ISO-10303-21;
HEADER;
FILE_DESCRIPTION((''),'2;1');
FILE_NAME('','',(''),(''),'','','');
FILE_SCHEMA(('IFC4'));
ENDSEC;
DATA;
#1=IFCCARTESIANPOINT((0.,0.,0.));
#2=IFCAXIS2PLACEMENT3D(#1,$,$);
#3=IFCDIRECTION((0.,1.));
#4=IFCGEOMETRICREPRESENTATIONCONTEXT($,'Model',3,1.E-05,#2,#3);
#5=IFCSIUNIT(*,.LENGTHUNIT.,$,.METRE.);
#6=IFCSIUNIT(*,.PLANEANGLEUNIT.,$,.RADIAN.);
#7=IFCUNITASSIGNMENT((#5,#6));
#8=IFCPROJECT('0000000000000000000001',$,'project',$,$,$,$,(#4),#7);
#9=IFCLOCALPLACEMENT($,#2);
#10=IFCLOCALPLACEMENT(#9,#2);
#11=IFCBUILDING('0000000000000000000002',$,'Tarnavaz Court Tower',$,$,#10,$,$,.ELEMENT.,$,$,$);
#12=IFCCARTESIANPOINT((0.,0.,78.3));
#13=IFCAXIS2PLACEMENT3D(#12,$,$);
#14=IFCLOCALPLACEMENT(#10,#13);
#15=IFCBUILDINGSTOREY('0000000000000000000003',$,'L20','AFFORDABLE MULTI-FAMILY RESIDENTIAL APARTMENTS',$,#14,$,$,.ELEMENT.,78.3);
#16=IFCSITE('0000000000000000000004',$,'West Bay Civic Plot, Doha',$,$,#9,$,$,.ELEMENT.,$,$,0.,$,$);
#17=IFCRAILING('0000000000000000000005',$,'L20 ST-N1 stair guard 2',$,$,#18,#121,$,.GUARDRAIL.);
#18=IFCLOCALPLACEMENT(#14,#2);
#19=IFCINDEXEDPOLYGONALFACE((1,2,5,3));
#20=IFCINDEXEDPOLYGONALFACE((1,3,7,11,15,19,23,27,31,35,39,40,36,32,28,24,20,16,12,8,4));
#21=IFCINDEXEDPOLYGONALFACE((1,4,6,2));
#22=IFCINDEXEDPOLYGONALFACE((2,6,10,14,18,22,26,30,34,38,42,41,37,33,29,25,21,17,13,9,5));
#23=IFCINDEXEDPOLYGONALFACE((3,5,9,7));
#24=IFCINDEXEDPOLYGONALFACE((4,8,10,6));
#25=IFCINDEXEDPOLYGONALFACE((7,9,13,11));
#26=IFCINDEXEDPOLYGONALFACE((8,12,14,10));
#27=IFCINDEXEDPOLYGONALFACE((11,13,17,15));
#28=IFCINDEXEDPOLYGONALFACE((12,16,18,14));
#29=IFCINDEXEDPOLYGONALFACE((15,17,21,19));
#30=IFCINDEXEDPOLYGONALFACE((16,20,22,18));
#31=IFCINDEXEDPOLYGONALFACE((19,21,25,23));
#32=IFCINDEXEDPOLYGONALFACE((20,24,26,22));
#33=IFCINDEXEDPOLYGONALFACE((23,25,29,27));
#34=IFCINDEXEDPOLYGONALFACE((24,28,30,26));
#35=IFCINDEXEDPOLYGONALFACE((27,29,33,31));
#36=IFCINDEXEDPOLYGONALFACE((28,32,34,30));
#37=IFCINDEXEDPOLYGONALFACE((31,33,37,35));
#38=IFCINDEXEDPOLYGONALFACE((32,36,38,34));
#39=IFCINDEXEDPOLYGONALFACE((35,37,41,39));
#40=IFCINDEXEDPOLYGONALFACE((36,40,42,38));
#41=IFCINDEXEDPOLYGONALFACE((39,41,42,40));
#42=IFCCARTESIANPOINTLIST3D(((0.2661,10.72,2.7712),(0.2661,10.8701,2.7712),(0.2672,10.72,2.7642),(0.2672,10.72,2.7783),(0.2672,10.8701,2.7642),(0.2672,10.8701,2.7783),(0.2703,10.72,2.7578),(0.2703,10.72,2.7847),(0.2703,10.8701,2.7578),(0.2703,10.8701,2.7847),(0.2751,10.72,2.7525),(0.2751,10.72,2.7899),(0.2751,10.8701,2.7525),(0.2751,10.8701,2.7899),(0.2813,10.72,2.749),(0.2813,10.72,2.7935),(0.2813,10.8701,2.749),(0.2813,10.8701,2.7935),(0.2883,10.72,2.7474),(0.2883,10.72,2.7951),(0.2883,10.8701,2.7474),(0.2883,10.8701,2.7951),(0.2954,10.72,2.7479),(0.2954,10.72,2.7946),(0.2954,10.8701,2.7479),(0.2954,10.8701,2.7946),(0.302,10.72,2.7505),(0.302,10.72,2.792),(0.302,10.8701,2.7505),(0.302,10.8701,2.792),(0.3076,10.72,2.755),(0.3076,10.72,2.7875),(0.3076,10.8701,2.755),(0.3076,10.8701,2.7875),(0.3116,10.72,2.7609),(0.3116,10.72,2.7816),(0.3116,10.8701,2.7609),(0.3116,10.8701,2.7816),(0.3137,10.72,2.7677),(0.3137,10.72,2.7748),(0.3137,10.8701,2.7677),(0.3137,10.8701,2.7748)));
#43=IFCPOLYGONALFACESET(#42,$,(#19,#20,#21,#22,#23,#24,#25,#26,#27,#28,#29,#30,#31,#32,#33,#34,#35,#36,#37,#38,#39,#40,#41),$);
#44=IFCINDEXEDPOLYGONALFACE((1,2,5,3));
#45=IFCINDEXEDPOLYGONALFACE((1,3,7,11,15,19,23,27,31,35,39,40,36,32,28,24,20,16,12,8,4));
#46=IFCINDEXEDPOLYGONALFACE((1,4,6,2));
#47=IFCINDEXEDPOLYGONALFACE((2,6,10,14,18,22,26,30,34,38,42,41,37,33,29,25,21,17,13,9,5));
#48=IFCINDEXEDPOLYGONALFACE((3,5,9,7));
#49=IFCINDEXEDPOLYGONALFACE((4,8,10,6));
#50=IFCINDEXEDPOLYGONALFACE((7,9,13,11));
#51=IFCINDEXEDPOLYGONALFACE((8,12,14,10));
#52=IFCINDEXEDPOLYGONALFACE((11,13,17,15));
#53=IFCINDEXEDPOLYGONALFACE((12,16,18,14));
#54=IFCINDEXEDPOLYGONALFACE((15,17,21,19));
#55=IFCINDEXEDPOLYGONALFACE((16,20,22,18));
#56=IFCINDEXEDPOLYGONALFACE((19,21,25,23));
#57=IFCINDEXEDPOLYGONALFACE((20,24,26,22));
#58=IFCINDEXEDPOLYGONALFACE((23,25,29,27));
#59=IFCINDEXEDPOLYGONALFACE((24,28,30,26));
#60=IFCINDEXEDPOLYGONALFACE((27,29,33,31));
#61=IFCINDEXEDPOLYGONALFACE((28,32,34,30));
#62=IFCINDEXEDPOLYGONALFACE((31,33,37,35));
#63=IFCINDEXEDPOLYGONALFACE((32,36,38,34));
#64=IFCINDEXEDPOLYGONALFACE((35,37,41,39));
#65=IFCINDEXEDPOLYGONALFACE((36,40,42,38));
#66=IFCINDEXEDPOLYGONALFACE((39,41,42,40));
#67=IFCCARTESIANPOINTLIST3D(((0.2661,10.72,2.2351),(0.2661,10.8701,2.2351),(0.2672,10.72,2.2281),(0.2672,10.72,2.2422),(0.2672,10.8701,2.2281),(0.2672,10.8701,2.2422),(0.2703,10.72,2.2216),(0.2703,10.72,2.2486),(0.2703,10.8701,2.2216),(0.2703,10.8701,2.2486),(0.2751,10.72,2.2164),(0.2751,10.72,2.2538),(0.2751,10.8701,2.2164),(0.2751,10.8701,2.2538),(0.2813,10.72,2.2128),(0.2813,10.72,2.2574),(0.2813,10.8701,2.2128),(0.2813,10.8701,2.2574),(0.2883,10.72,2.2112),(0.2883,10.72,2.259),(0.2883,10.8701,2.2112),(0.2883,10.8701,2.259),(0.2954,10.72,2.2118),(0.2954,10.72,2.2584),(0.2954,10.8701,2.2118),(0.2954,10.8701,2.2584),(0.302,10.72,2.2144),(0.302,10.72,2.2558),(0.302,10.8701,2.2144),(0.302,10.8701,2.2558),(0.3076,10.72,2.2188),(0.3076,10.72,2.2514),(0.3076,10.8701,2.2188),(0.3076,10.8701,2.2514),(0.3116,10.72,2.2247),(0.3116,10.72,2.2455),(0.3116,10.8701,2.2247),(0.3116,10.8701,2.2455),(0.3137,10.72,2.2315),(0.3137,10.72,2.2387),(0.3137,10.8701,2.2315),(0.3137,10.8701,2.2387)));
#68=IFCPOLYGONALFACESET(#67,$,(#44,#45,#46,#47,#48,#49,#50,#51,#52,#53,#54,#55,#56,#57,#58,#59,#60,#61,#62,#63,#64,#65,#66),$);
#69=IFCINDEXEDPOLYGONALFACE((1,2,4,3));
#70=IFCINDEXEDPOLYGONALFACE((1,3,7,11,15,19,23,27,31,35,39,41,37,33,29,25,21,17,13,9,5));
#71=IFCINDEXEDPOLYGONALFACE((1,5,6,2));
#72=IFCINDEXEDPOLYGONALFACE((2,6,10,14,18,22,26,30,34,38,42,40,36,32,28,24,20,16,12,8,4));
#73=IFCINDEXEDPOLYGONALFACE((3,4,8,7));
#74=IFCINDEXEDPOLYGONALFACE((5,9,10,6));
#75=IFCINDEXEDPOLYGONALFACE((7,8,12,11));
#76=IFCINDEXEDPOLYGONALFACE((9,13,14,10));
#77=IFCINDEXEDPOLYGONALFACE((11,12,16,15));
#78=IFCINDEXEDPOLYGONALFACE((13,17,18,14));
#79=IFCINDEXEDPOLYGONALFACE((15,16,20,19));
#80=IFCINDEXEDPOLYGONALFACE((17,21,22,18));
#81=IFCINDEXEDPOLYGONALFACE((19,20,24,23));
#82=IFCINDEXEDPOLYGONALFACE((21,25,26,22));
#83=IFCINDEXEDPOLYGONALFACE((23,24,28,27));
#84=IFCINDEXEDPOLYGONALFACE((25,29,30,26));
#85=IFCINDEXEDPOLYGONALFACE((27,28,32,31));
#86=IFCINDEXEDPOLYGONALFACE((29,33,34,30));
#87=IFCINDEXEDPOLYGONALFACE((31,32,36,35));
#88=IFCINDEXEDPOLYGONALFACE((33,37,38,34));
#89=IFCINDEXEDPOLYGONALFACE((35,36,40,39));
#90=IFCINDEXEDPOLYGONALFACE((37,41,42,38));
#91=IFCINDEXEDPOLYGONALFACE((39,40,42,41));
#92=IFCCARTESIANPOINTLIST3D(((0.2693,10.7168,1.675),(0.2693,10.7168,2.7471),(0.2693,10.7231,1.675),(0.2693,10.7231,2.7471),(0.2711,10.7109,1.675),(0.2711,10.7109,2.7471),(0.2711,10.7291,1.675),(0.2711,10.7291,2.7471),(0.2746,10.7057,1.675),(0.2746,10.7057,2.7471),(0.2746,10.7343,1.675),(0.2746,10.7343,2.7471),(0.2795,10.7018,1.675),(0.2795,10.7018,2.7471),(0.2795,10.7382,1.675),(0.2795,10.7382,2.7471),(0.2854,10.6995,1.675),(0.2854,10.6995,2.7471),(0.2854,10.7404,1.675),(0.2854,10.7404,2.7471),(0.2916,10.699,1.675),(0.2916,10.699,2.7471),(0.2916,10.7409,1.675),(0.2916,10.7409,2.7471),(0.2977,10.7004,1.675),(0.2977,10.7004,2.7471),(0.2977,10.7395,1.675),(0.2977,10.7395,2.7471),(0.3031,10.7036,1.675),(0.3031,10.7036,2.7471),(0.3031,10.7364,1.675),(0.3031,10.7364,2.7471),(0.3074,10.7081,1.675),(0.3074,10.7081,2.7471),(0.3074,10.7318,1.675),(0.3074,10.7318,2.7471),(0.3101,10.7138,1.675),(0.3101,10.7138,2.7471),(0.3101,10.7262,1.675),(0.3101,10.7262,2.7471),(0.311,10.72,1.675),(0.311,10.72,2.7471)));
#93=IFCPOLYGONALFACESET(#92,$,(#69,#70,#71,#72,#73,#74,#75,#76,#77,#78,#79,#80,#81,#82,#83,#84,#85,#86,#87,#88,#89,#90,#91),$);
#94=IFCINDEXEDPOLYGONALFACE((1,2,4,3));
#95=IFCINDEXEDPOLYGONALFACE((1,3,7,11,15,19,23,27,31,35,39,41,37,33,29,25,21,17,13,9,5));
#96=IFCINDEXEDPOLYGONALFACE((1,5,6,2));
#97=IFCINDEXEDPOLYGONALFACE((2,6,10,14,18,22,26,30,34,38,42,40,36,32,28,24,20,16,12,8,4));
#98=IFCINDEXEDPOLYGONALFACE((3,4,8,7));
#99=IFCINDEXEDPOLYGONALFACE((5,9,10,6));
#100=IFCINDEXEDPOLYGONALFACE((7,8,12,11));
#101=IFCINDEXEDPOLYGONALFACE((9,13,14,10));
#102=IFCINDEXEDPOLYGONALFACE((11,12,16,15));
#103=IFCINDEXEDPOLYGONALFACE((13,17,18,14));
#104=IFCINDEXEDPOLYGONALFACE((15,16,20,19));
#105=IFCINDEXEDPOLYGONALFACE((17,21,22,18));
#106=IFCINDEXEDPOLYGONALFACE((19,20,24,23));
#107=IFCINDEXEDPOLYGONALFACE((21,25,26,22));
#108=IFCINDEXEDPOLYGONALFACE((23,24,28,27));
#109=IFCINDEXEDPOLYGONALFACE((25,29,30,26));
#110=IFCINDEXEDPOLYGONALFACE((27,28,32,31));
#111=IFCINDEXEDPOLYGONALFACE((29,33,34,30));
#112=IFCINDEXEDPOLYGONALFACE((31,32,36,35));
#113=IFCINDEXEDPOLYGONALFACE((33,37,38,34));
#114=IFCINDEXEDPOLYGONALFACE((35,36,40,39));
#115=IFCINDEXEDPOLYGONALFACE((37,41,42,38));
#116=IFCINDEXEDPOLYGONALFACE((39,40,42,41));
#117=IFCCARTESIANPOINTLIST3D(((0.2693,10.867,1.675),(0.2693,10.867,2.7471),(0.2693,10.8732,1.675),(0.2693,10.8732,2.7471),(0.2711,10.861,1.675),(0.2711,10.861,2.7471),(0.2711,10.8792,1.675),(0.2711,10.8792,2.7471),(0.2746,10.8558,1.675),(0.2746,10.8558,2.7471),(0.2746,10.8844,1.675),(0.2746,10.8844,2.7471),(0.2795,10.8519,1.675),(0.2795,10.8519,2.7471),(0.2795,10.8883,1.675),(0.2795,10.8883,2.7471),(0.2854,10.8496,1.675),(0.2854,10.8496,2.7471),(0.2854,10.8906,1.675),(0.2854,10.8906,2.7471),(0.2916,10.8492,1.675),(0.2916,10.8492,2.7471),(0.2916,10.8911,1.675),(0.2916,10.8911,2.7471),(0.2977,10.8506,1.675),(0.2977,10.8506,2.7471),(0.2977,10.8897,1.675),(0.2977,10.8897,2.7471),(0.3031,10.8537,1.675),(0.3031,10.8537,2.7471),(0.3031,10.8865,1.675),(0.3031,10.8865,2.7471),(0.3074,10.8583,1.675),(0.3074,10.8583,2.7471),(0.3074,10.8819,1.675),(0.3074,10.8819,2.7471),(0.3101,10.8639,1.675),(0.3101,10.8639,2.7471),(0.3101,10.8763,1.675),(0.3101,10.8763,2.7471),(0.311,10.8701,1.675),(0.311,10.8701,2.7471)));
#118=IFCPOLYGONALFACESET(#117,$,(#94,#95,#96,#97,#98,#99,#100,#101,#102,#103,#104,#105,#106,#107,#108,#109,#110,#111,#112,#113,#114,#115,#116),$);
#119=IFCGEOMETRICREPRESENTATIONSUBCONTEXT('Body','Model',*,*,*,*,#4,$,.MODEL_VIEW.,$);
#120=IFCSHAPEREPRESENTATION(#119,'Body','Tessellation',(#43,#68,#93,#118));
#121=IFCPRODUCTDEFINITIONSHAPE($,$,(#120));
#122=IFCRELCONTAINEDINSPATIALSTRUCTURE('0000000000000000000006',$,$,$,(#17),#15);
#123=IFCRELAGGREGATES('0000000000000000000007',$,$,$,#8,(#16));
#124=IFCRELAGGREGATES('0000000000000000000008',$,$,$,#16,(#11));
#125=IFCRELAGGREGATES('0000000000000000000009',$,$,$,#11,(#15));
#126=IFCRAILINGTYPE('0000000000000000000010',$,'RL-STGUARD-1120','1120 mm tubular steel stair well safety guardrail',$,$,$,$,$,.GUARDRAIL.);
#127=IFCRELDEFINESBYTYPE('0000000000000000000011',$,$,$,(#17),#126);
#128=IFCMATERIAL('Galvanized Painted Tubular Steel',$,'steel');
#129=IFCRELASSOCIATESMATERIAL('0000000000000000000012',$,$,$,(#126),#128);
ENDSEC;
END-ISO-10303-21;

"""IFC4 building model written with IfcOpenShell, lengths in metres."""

from ifc_helpers import new_model, si_unit, direction, frame, origin, origin_2d, place, context, subcontext, project, spatial, circle, extrude, material, type_object, element, save


model = new_model("IFC4")

# Units and contexts
model_context = context("Model", 3, precision=1e-05, world=origin(), true_north=direction((0.0, 1.0)))
body_context = subcontext(model_context, "Body", "Model", "MODEL_VIEW")
ifc_project = project(units=[si_unit("LENGTHUNIT", "METRE"), si_unit("PLANEANGLEUNIT", "RADIAN")], contexts=[model_context])

# Site, building, storey
site_placement = place(None, origin())
site = spatial("IfcSite", under=ifc_project, at=site_placement, Name="West Bay Civic Plot, Doha", CompositionType="ELEMENT", RefElevation=0.0)
building_placement = place(site_placement, origin())
building = spatial("IfcBuilding", under=site, at=building_placement, Name="Tarnavaz Court Tower", CompositionType="ELEMENT")
storey_placement = place(building_placement, frame((0.0, 0.0, 78.3)))
storey = spatial("IfcBuildingStorey", under=building, at=storey_placement, Name="L20", Description="AFFORDABLE MULTI-FAMILY RESIDENTIAL APARTMENTS", CompositionType="ELEMENT", Elevation=78.3)

# Railing
ifc_material_1 = material(Name="Galvanized Painted Tubular Steel", Category="steel")
railing_type_1 = type_object("IfcRailingType", Name="RL-STGUARD-1120", Description="1120 mm tubular steel stair well safety guardrail", PredefinedType="GUARDRAIL", material=ifc_material_1)
railing_1_placement = place(storey_placement, frame((0.29, 10.72, 1.675)))
element("IfcRailing", 1, at=railing_1_placement, inside=storey, type_object=railing_type_1, Name="L20 ST-N1 stair guard 2", PredefinedType="GUARDRAIL", context=body_context, shape_type="SweptSolid", body=[
    extrude(circle(Radius=0.0239, at=origin_2d()), frame((0.0, 0.0, 1.0962), z_axis=(0.0, 1.0, 0.0), x_axis=(-1.0, 0.0, 0.0)), (0.0, 0.0, 1.0), 0.1501),
    extrude(circle(Radius=0.0239, at=origin_2d()), frame((0.0, 0.0, 0.5601), z_axis=(0.0, 1.0, 0.0), x_axis=(-1.0, 0.0, 0.0)), (0.0, 0.0, 1.0), 0.1501),
    extrude(circle(Radius=0.021, at=origin_2d()), origin(), (0.0, 0.0, 1.0), 1.072),
    extrude(circle(Radius=0.021, at=origin_2d()), frame((0.0, 0.1501, 0.0)), (0.0, 0.0, 1.0), 1.072),
])

save(model, "model.ifc")
